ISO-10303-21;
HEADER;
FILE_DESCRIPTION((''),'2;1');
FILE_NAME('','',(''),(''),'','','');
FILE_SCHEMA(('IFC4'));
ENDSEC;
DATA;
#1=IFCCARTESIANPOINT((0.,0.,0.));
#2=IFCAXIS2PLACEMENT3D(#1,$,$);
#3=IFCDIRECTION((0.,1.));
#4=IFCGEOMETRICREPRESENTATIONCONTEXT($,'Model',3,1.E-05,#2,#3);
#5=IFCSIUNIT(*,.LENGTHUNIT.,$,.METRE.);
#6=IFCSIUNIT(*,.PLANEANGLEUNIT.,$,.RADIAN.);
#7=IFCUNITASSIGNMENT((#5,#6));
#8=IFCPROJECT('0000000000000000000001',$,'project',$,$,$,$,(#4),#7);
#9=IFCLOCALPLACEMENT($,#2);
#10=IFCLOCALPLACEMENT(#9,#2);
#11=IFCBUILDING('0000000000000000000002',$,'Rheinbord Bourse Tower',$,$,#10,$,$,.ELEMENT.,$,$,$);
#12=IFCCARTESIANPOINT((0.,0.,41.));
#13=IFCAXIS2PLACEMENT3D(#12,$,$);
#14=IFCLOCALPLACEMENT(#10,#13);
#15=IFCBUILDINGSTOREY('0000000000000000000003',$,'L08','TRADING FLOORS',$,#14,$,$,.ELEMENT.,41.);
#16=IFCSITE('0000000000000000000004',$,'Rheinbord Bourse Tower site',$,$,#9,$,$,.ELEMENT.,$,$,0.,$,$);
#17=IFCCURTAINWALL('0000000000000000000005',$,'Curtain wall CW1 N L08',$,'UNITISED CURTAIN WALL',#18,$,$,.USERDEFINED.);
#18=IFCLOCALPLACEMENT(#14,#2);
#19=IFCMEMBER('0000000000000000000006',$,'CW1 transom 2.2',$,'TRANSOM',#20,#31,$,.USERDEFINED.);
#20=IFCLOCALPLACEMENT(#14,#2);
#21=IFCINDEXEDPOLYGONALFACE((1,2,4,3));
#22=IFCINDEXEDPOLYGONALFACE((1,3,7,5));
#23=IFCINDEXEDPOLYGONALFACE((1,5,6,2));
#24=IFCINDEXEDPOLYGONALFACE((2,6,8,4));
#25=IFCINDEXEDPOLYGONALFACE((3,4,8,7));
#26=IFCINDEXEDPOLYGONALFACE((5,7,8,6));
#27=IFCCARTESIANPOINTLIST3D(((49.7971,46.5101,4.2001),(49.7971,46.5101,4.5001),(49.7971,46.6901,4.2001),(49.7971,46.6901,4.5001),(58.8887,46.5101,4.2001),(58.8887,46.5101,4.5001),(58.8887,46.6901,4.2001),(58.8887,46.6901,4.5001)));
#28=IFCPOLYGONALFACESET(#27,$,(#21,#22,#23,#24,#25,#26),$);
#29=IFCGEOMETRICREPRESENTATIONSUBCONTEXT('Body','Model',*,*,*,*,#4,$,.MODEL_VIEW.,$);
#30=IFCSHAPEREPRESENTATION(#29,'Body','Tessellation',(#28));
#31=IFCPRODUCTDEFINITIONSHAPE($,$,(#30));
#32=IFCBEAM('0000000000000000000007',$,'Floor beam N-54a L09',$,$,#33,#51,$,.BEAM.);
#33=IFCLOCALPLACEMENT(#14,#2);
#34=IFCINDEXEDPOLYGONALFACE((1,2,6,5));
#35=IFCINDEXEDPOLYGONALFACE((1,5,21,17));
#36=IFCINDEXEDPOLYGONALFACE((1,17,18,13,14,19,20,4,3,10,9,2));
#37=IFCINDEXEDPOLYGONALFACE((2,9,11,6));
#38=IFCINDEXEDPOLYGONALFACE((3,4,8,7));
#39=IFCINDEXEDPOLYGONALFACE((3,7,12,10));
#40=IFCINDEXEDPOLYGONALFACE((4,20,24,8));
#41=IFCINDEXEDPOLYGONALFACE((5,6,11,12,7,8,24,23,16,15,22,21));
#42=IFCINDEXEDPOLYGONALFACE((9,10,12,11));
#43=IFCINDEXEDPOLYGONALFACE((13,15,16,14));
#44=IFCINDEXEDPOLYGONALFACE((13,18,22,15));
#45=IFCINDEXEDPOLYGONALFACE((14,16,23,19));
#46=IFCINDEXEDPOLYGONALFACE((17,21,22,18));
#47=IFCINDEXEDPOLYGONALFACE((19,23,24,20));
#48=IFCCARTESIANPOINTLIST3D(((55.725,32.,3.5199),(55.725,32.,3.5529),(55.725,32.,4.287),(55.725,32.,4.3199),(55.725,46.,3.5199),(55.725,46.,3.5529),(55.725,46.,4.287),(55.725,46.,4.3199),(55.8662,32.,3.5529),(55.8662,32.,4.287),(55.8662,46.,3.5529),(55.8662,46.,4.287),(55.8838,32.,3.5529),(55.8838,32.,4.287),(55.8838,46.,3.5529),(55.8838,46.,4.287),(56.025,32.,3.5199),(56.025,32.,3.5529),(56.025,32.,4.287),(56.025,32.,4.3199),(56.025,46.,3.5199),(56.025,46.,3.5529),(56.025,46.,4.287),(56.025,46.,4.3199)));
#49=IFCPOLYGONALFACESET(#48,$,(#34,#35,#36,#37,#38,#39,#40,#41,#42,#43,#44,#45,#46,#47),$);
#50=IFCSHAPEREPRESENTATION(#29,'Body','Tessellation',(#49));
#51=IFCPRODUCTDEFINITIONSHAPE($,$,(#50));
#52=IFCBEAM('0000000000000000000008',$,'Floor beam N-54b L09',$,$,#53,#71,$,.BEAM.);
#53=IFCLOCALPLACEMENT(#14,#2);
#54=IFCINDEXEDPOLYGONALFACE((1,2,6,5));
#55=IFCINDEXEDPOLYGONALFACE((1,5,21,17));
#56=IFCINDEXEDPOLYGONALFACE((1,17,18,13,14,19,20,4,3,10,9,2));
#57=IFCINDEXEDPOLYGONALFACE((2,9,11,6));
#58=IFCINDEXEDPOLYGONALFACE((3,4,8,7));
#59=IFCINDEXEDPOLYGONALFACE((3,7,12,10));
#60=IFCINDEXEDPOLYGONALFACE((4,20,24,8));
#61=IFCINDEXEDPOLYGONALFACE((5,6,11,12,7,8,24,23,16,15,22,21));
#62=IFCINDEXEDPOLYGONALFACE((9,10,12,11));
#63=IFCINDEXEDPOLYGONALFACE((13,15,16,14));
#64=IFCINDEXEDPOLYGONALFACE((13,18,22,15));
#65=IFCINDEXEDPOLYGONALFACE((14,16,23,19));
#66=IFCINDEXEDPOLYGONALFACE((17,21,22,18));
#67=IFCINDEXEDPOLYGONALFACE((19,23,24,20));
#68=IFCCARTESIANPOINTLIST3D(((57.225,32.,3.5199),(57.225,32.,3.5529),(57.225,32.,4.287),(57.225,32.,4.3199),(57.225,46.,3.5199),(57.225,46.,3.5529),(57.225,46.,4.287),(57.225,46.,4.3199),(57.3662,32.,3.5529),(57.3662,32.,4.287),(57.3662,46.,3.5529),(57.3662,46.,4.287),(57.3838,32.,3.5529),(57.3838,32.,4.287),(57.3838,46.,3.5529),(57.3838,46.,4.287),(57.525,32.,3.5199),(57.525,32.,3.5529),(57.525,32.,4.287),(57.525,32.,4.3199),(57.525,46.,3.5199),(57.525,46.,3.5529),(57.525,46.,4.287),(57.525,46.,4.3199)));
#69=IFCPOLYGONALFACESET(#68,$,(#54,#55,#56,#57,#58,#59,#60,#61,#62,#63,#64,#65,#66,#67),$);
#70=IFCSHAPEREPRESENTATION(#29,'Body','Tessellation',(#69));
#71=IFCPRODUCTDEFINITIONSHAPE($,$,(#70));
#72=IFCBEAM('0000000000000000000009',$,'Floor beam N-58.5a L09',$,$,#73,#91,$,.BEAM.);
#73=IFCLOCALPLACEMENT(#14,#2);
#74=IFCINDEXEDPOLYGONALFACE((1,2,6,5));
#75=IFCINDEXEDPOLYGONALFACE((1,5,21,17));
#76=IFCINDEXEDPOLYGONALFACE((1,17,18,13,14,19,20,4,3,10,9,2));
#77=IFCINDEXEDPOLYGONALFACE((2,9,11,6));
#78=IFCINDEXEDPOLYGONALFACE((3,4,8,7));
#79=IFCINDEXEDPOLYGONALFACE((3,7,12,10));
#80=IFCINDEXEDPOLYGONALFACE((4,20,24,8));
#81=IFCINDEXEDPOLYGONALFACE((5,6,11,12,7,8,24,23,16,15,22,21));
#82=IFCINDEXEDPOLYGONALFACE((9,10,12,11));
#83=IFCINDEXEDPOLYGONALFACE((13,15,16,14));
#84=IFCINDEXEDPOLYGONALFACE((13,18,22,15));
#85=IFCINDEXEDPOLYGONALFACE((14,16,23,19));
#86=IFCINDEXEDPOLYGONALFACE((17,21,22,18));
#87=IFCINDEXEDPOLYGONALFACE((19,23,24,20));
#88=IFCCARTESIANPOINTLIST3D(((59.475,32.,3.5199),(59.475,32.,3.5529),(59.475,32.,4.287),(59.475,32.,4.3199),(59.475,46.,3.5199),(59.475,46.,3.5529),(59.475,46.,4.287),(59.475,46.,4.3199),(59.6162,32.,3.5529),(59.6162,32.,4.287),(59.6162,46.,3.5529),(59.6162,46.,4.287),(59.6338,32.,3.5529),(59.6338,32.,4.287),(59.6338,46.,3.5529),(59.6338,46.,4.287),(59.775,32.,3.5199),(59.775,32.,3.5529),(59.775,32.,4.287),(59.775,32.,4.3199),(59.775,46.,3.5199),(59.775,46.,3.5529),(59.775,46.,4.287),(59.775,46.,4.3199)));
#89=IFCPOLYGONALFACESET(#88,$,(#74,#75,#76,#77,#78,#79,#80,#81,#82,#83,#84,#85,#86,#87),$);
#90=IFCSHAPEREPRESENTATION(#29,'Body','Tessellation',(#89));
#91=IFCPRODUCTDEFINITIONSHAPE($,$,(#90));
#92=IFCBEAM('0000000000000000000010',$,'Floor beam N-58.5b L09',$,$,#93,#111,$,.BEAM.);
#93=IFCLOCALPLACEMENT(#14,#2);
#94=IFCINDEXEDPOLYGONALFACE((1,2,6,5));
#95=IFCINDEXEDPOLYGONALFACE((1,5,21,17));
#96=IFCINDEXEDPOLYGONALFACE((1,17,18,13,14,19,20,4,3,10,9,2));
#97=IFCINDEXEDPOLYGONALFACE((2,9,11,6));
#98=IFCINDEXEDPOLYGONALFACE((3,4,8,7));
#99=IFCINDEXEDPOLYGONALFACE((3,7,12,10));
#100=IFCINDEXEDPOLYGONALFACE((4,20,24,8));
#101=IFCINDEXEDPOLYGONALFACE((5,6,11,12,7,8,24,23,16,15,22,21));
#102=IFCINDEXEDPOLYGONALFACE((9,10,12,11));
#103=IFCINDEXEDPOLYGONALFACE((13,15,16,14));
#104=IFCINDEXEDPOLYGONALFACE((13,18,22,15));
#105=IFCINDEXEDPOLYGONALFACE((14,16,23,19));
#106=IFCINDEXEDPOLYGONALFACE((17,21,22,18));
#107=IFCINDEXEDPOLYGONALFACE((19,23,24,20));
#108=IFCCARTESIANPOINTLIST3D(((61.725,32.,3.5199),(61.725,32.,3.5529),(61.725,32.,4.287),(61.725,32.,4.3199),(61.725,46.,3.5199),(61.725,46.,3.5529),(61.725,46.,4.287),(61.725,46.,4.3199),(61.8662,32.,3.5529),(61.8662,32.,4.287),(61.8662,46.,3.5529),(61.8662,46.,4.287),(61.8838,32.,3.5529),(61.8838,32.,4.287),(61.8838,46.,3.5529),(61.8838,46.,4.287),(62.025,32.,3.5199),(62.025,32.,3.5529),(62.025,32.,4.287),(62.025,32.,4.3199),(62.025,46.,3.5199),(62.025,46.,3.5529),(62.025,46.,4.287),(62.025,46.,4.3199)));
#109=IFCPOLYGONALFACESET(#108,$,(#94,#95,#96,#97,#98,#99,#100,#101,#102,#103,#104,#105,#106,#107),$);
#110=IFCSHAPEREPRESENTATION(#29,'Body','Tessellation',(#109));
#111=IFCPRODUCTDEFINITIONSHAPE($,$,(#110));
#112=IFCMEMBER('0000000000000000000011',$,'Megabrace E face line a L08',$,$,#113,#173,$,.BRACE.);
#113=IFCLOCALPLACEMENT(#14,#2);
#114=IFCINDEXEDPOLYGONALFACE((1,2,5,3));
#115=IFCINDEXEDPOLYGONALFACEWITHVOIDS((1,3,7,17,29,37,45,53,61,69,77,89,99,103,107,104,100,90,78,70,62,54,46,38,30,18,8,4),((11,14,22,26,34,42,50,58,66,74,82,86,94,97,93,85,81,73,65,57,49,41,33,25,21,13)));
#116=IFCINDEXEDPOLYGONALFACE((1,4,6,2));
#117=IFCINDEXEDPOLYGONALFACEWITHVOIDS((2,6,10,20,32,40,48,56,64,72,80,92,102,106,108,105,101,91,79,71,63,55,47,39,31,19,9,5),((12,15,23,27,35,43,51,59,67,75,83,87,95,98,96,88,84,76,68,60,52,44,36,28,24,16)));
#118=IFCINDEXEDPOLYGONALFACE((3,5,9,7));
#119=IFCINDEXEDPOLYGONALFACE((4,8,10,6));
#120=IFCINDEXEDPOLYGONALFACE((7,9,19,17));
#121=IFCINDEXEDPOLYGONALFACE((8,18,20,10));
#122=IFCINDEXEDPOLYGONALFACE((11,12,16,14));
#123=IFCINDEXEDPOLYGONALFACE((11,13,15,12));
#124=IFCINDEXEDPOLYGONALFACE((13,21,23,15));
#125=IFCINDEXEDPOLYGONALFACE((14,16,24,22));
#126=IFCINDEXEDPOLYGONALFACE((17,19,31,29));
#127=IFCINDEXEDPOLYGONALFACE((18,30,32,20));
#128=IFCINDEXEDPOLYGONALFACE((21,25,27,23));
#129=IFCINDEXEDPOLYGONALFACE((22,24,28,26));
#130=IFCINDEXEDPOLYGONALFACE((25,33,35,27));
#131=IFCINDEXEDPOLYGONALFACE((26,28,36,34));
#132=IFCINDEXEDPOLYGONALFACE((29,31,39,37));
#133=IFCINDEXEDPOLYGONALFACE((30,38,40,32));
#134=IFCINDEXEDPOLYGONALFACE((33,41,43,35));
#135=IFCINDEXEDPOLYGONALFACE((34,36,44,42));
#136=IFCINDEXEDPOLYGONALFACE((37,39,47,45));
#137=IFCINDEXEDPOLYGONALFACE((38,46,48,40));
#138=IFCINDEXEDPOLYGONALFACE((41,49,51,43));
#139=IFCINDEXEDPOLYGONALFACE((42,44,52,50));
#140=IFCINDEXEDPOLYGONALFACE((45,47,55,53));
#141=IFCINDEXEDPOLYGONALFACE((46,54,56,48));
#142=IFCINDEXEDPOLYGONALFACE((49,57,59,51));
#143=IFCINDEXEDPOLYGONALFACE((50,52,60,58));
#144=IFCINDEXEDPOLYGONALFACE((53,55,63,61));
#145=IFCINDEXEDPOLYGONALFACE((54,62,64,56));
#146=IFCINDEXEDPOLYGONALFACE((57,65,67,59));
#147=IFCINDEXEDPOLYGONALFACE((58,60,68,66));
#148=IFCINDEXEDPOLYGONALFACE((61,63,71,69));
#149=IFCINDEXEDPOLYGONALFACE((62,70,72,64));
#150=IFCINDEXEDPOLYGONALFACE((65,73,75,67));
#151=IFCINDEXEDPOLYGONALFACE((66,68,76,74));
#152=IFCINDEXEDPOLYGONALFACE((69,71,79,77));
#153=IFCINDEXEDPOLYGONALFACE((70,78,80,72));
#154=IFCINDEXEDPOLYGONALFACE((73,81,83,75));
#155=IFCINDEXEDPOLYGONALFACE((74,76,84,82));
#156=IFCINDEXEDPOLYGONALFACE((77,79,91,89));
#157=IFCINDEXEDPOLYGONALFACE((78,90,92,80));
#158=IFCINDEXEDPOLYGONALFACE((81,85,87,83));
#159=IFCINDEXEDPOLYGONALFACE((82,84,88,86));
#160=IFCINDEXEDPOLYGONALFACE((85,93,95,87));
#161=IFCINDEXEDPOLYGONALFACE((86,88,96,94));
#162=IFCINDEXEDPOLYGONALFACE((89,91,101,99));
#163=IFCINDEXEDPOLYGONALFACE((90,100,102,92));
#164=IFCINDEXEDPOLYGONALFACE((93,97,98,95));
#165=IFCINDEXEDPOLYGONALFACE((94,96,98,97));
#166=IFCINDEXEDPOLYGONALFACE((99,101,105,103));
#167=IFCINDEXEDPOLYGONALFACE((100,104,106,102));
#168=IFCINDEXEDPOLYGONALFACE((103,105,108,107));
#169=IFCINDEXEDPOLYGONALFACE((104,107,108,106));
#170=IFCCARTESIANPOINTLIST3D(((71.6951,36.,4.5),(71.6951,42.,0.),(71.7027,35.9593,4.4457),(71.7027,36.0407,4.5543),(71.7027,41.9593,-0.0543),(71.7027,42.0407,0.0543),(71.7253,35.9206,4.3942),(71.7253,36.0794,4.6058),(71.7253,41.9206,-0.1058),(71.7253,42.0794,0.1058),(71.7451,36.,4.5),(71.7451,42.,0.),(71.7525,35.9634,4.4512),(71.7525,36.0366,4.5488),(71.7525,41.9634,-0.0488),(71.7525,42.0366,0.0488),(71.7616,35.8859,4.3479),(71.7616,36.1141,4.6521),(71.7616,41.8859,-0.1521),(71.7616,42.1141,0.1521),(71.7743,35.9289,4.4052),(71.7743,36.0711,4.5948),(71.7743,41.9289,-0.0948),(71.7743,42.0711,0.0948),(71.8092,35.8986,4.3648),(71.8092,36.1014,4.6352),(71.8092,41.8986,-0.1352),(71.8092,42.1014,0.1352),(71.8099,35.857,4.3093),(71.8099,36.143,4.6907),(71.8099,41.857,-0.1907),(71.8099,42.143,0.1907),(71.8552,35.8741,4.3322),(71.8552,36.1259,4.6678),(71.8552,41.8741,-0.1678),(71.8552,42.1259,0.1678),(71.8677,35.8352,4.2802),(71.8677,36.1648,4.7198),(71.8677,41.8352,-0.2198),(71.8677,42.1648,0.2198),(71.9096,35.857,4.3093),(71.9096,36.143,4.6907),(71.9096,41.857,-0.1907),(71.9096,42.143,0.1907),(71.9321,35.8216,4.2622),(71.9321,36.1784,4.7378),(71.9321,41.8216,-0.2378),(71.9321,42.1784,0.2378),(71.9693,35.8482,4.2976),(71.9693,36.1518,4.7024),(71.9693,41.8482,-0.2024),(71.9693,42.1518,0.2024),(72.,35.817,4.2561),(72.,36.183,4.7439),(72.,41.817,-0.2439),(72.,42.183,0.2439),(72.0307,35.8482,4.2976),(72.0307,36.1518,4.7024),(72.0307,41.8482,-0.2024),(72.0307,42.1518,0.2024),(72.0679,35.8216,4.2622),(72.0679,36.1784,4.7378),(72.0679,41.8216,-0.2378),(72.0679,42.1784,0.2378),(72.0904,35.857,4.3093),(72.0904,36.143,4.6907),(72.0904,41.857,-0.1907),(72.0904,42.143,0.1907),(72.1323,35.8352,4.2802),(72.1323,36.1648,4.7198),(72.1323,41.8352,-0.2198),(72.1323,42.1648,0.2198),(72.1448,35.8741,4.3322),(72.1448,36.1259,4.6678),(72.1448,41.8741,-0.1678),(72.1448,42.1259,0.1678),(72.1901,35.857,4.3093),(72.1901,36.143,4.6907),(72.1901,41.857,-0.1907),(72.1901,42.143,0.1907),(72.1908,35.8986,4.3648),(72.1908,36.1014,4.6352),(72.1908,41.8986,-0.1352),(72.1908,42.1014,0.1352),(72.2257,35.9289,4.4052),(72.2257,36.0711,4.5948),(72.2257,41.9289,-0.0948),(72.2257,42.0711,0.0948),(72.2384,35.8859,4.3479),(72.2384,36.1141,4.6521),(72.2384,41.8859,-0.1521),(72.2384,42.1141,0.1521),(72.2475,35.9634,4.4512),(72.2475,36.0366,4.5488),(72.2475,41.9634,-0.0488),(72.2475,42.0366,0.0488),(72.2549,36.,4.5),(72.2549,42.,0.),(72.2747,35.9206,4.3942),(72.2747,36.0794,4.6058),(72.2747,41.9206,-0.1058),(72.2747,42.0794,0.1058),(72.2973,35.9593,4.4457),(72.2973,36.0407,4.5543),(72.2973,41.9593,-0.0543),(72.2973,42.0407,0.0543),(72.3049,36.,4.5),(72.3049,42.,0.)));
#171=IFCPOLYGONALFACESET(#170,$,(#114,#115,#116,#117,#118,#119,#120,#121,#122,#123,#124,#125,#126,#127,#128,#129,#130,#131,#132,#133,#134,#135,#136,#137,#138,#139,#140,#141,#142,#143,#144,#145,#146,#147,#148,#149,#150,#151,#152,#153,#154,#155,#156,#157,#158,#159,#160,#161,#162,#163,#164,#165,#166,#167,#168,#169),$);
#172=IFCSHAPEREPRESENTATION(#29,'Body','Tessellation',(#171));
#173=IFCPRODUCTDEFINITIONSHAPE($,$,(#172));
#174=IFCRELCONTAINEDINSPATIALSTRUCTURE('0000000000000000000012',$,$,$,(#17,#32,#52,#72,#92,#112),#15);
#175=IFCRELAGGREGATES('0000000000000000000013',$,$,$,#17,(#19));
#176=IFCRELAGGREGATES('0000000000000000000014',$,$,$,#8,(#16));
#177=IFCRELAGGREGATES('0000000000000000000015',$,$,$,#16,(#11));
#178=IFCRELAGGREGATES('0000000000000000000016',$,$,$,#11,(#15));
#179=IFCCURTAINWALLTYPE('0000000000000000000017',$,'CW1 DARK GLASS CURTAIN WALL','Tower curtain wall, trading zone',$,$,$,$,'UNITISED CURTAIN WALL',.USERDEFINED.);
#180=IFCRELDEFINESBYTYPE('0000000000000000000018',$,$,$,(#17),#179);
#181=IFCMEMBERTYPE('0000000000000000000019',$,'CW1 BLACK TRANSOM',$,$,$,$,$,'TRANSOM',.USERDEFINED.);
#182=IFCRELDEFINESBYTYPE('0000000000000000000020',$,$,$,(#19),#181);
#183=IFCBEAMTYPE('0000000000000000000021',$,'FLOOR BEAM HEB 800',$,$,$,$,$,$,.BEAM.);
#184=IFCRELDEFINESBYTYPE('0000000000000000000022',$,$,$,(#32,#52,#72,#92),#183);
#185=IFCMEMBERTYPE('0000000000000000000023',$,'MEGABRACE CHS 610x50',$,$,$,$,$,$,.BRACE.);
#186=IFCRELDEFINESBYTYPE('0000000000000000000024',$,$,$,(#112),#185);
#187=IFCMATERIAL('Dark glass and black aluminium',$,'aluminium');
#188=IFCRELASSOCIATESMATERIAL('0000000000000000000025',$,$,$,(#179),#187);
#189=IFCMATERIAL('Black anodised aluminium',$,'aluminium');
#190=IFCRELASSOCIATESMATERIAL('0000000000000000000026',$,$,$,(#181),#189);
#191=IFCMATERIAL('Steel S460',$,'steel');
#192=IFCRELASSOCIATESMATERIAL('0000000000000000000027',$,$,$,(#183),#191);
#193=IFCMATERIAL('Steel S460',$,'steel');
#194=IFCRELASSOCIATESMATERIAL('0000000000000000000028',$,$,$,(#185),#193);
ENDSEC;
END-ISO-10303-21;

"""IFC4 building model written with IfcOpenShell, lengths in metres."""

from ifc_helpers import new_model, si_unit, direction, frame, origin, origin_2d, place, context, subcontext, project, spatial, rectangle, hollow_circle, i_section, extrude, material, material_profile, profile_set, type_object, element, aggregate, save


model = new_model("IFC4")

# Units and contexts
model_context = context("Model", 3, precision=1e-05, world=origin(), true_north=direction((0.0, 1.0)))
body_context = subcontext(model_context, "Body", "Model", "MODEL_VIEW")
ifc_project = project(units=[si_unit("LENGTHUNIT", "METRE"), si_unit("PLANEANGLEUNIT", "RADIAN")], contexts=[model_context])

# Site, building, storey
site_placement = place(None, origin())
site = spatial("IfcSite", under=ifc_project, at=site_placement, Name="Rheinbord Bourse Tower site", CompositionType="ELEMENT", RefElevation=0.0)
building_placement = place(site_placement, origin())
building = spatial("IfcBuilding", under=site, at=building_placement, Name="Rheinbord Bourse Tower", CompositionType="ELEMENT")
storey_placement = place(building_placement, frame((0.0, 0.0, 41.0)))
storey = spatial("IfcBuildingStorey", under=building, at=storey_placement, Name="L08", Description="TRADING FLOORS", CompositionType="ELEMENT", Elevation=41.0)

# Curtain wall
ifc_material_1 = material(Name="Dark glass and black aluminium", Category="aluminium")
curtain_wall_type = type_object("IfcCurtainWallType", Name="CW1 DARK GLASS CURTAIN WALL", Description="Tower curtain wall, trading zone", ElementType="UNITISED CURTAIN WALL", PredefinedType="USERDEFINED", material=ifc_material_1)
curtain_wall_1_placement = place(storey_placement, origin())
curtain_wall_1 = element("IfcCurtainWall", 1, at=curtain_wall_1_placement, inside=storey, type_object=curtain_wall_type, Name="Curtain wall CW1 N L08", ObjectType="UNITISED CURTAIN WALL", PredefinedType="USERDEFINED")

# Member
ifc_material_2 = material(Name="Black anodised aluminium", Category="aluminium")
ifc_material_profile_1 = material_profile(ifc_material_2, rectangle(XDim=0.1799, YDim=0.3, at=origin_2d()), Name="CW1 TRANSOM 300x180")
ifc_profile_set_1 = profile_set([ifc_material_profile_1], Name="Black anodised aluminium")
member_type_1 = type_object("IfcMemberType", Name="CW1 BLACK TRANSOM", ElementType="TRANSOM", PredefinedType="USERDEFINED", material=ifc_profile_set_1)
member_1_placement = place(storey_placement, frame((58.8887, 46.6001, 4.3501), z_axis=(-1.0, 0.0, 0.0), x_axis=(0.0, -1.0, 0.0)))
member_1 = element("IfcMember", 2, at=member_1_placement, type_object=member_type_1, Name="CW1 transom 2.2", ObjectType="TRANSOM", PredefinedType="USERDEFINED", context=body_context, shape_type="SweptSolid", body=[
    extrude(rectangle(XDim=0.1799, YDim=0.3, at=origin_2d()), origin(), (0.0, 0.0, 1.0), 9.0916),
])

# Beams
ifc_material_3 = material(Name="Steel S460", Category="steel")
ifc_material_profile_2 = material_profile(ifc_material_3, i_section(OverallWidth=0.3, OverallDepth=0.8, WebThickness=0.0176, FlangeThickness=0.033, at=origin_2d()), Name="HEB 800")
ifc_profile_set_2 = profile_set([ifc_material_profile_2], Name="Steel S460")
beam_type_1 = type_object("IfcBeamType", Name="FLOOR BEAM HEB 800", PredefinedType="BEAM", material=ifc_profile_set_2)
for number, where, z_axis, x_axis, name in (
    (3, (55.875, 46.0, 3.9199), (0.0, -1.0, 0.0), (1.0, 0.0, 0.0), "Floor beam N-54a L09"),
    (4, (57.375, 46.0, 3.9199), (0.0, -1.0, 0.0), (1.0, 0.0, 0.0), "Floor beam N-54b L09"),
    (5, (59.625, 46.0, 3.9199), (0.0, -1.0, 0.0), (1.0, 0.0, 0.0), "Floor beam N-58.5a L09"),
    (6, (61.875, 46.0, 3.9199), (0.0, -1.0, 0.0), (1.0, 0.0, 0.0), "Floor beam N-58.5b L09"),
):
    element("IfcBeam", number, at=place(storey_placement, frame(where, z_axis=z_axis, x_axis=x_axis)), inside=storey, type_object=beam_type_1, Name=name, PredefinedType="BEAM", context=body_context, shape_type="SweptSolid", body=[
        extrude(i_section(OverallWidth=0.3, OverallDepth=0.8, WebThickness=0.0176, FlangeThickness=0.033, at=origin_2d()), origin(), (0.0, 0.0, 1.0), 14.0),
    ])

# Member
ifc_material_4 = material(Name="Steel S460", Category="steel")
ifc_material_profile_3 = material_profile(ifc_material_4, hollow_circle(Radius=0.3049, WallThickness=0.05, at=origin_2d()), Name="CHS 610x50")
ifc_profile_set_3 = profile_set([ifc_material_profile_3], Name="Steel S460")
member_type_2 = type_object("IfcMemberType", Name="MEGABRACE CHS 610x50", PredefinedType="BRACE", material=ifc_profile_set_3)
member_2_placement = place(storey_placement, frame((72.0, 42.0, 0.0), z_axis=(0.0, -0.8, 0.6), x_axis=(1.0, 0.0, 0.0)))
element("IfcMember", 7, at=member_2_placement, inside=storey, type_object=member_type_2, Name="Megabrace E face line a L08", PredefinedType="BRACE", context=body_context, shape_type="SweptSolid", body=[
    extrude(hollow_circle(Radius=0.3049, WallThickness=0.05, at=origin_2d()), origin(), (0.0, 0.0, 1.0), 7.5),
])

aggregate(curtain_wall_1, [member_1])

save(model, "model.ifc")
